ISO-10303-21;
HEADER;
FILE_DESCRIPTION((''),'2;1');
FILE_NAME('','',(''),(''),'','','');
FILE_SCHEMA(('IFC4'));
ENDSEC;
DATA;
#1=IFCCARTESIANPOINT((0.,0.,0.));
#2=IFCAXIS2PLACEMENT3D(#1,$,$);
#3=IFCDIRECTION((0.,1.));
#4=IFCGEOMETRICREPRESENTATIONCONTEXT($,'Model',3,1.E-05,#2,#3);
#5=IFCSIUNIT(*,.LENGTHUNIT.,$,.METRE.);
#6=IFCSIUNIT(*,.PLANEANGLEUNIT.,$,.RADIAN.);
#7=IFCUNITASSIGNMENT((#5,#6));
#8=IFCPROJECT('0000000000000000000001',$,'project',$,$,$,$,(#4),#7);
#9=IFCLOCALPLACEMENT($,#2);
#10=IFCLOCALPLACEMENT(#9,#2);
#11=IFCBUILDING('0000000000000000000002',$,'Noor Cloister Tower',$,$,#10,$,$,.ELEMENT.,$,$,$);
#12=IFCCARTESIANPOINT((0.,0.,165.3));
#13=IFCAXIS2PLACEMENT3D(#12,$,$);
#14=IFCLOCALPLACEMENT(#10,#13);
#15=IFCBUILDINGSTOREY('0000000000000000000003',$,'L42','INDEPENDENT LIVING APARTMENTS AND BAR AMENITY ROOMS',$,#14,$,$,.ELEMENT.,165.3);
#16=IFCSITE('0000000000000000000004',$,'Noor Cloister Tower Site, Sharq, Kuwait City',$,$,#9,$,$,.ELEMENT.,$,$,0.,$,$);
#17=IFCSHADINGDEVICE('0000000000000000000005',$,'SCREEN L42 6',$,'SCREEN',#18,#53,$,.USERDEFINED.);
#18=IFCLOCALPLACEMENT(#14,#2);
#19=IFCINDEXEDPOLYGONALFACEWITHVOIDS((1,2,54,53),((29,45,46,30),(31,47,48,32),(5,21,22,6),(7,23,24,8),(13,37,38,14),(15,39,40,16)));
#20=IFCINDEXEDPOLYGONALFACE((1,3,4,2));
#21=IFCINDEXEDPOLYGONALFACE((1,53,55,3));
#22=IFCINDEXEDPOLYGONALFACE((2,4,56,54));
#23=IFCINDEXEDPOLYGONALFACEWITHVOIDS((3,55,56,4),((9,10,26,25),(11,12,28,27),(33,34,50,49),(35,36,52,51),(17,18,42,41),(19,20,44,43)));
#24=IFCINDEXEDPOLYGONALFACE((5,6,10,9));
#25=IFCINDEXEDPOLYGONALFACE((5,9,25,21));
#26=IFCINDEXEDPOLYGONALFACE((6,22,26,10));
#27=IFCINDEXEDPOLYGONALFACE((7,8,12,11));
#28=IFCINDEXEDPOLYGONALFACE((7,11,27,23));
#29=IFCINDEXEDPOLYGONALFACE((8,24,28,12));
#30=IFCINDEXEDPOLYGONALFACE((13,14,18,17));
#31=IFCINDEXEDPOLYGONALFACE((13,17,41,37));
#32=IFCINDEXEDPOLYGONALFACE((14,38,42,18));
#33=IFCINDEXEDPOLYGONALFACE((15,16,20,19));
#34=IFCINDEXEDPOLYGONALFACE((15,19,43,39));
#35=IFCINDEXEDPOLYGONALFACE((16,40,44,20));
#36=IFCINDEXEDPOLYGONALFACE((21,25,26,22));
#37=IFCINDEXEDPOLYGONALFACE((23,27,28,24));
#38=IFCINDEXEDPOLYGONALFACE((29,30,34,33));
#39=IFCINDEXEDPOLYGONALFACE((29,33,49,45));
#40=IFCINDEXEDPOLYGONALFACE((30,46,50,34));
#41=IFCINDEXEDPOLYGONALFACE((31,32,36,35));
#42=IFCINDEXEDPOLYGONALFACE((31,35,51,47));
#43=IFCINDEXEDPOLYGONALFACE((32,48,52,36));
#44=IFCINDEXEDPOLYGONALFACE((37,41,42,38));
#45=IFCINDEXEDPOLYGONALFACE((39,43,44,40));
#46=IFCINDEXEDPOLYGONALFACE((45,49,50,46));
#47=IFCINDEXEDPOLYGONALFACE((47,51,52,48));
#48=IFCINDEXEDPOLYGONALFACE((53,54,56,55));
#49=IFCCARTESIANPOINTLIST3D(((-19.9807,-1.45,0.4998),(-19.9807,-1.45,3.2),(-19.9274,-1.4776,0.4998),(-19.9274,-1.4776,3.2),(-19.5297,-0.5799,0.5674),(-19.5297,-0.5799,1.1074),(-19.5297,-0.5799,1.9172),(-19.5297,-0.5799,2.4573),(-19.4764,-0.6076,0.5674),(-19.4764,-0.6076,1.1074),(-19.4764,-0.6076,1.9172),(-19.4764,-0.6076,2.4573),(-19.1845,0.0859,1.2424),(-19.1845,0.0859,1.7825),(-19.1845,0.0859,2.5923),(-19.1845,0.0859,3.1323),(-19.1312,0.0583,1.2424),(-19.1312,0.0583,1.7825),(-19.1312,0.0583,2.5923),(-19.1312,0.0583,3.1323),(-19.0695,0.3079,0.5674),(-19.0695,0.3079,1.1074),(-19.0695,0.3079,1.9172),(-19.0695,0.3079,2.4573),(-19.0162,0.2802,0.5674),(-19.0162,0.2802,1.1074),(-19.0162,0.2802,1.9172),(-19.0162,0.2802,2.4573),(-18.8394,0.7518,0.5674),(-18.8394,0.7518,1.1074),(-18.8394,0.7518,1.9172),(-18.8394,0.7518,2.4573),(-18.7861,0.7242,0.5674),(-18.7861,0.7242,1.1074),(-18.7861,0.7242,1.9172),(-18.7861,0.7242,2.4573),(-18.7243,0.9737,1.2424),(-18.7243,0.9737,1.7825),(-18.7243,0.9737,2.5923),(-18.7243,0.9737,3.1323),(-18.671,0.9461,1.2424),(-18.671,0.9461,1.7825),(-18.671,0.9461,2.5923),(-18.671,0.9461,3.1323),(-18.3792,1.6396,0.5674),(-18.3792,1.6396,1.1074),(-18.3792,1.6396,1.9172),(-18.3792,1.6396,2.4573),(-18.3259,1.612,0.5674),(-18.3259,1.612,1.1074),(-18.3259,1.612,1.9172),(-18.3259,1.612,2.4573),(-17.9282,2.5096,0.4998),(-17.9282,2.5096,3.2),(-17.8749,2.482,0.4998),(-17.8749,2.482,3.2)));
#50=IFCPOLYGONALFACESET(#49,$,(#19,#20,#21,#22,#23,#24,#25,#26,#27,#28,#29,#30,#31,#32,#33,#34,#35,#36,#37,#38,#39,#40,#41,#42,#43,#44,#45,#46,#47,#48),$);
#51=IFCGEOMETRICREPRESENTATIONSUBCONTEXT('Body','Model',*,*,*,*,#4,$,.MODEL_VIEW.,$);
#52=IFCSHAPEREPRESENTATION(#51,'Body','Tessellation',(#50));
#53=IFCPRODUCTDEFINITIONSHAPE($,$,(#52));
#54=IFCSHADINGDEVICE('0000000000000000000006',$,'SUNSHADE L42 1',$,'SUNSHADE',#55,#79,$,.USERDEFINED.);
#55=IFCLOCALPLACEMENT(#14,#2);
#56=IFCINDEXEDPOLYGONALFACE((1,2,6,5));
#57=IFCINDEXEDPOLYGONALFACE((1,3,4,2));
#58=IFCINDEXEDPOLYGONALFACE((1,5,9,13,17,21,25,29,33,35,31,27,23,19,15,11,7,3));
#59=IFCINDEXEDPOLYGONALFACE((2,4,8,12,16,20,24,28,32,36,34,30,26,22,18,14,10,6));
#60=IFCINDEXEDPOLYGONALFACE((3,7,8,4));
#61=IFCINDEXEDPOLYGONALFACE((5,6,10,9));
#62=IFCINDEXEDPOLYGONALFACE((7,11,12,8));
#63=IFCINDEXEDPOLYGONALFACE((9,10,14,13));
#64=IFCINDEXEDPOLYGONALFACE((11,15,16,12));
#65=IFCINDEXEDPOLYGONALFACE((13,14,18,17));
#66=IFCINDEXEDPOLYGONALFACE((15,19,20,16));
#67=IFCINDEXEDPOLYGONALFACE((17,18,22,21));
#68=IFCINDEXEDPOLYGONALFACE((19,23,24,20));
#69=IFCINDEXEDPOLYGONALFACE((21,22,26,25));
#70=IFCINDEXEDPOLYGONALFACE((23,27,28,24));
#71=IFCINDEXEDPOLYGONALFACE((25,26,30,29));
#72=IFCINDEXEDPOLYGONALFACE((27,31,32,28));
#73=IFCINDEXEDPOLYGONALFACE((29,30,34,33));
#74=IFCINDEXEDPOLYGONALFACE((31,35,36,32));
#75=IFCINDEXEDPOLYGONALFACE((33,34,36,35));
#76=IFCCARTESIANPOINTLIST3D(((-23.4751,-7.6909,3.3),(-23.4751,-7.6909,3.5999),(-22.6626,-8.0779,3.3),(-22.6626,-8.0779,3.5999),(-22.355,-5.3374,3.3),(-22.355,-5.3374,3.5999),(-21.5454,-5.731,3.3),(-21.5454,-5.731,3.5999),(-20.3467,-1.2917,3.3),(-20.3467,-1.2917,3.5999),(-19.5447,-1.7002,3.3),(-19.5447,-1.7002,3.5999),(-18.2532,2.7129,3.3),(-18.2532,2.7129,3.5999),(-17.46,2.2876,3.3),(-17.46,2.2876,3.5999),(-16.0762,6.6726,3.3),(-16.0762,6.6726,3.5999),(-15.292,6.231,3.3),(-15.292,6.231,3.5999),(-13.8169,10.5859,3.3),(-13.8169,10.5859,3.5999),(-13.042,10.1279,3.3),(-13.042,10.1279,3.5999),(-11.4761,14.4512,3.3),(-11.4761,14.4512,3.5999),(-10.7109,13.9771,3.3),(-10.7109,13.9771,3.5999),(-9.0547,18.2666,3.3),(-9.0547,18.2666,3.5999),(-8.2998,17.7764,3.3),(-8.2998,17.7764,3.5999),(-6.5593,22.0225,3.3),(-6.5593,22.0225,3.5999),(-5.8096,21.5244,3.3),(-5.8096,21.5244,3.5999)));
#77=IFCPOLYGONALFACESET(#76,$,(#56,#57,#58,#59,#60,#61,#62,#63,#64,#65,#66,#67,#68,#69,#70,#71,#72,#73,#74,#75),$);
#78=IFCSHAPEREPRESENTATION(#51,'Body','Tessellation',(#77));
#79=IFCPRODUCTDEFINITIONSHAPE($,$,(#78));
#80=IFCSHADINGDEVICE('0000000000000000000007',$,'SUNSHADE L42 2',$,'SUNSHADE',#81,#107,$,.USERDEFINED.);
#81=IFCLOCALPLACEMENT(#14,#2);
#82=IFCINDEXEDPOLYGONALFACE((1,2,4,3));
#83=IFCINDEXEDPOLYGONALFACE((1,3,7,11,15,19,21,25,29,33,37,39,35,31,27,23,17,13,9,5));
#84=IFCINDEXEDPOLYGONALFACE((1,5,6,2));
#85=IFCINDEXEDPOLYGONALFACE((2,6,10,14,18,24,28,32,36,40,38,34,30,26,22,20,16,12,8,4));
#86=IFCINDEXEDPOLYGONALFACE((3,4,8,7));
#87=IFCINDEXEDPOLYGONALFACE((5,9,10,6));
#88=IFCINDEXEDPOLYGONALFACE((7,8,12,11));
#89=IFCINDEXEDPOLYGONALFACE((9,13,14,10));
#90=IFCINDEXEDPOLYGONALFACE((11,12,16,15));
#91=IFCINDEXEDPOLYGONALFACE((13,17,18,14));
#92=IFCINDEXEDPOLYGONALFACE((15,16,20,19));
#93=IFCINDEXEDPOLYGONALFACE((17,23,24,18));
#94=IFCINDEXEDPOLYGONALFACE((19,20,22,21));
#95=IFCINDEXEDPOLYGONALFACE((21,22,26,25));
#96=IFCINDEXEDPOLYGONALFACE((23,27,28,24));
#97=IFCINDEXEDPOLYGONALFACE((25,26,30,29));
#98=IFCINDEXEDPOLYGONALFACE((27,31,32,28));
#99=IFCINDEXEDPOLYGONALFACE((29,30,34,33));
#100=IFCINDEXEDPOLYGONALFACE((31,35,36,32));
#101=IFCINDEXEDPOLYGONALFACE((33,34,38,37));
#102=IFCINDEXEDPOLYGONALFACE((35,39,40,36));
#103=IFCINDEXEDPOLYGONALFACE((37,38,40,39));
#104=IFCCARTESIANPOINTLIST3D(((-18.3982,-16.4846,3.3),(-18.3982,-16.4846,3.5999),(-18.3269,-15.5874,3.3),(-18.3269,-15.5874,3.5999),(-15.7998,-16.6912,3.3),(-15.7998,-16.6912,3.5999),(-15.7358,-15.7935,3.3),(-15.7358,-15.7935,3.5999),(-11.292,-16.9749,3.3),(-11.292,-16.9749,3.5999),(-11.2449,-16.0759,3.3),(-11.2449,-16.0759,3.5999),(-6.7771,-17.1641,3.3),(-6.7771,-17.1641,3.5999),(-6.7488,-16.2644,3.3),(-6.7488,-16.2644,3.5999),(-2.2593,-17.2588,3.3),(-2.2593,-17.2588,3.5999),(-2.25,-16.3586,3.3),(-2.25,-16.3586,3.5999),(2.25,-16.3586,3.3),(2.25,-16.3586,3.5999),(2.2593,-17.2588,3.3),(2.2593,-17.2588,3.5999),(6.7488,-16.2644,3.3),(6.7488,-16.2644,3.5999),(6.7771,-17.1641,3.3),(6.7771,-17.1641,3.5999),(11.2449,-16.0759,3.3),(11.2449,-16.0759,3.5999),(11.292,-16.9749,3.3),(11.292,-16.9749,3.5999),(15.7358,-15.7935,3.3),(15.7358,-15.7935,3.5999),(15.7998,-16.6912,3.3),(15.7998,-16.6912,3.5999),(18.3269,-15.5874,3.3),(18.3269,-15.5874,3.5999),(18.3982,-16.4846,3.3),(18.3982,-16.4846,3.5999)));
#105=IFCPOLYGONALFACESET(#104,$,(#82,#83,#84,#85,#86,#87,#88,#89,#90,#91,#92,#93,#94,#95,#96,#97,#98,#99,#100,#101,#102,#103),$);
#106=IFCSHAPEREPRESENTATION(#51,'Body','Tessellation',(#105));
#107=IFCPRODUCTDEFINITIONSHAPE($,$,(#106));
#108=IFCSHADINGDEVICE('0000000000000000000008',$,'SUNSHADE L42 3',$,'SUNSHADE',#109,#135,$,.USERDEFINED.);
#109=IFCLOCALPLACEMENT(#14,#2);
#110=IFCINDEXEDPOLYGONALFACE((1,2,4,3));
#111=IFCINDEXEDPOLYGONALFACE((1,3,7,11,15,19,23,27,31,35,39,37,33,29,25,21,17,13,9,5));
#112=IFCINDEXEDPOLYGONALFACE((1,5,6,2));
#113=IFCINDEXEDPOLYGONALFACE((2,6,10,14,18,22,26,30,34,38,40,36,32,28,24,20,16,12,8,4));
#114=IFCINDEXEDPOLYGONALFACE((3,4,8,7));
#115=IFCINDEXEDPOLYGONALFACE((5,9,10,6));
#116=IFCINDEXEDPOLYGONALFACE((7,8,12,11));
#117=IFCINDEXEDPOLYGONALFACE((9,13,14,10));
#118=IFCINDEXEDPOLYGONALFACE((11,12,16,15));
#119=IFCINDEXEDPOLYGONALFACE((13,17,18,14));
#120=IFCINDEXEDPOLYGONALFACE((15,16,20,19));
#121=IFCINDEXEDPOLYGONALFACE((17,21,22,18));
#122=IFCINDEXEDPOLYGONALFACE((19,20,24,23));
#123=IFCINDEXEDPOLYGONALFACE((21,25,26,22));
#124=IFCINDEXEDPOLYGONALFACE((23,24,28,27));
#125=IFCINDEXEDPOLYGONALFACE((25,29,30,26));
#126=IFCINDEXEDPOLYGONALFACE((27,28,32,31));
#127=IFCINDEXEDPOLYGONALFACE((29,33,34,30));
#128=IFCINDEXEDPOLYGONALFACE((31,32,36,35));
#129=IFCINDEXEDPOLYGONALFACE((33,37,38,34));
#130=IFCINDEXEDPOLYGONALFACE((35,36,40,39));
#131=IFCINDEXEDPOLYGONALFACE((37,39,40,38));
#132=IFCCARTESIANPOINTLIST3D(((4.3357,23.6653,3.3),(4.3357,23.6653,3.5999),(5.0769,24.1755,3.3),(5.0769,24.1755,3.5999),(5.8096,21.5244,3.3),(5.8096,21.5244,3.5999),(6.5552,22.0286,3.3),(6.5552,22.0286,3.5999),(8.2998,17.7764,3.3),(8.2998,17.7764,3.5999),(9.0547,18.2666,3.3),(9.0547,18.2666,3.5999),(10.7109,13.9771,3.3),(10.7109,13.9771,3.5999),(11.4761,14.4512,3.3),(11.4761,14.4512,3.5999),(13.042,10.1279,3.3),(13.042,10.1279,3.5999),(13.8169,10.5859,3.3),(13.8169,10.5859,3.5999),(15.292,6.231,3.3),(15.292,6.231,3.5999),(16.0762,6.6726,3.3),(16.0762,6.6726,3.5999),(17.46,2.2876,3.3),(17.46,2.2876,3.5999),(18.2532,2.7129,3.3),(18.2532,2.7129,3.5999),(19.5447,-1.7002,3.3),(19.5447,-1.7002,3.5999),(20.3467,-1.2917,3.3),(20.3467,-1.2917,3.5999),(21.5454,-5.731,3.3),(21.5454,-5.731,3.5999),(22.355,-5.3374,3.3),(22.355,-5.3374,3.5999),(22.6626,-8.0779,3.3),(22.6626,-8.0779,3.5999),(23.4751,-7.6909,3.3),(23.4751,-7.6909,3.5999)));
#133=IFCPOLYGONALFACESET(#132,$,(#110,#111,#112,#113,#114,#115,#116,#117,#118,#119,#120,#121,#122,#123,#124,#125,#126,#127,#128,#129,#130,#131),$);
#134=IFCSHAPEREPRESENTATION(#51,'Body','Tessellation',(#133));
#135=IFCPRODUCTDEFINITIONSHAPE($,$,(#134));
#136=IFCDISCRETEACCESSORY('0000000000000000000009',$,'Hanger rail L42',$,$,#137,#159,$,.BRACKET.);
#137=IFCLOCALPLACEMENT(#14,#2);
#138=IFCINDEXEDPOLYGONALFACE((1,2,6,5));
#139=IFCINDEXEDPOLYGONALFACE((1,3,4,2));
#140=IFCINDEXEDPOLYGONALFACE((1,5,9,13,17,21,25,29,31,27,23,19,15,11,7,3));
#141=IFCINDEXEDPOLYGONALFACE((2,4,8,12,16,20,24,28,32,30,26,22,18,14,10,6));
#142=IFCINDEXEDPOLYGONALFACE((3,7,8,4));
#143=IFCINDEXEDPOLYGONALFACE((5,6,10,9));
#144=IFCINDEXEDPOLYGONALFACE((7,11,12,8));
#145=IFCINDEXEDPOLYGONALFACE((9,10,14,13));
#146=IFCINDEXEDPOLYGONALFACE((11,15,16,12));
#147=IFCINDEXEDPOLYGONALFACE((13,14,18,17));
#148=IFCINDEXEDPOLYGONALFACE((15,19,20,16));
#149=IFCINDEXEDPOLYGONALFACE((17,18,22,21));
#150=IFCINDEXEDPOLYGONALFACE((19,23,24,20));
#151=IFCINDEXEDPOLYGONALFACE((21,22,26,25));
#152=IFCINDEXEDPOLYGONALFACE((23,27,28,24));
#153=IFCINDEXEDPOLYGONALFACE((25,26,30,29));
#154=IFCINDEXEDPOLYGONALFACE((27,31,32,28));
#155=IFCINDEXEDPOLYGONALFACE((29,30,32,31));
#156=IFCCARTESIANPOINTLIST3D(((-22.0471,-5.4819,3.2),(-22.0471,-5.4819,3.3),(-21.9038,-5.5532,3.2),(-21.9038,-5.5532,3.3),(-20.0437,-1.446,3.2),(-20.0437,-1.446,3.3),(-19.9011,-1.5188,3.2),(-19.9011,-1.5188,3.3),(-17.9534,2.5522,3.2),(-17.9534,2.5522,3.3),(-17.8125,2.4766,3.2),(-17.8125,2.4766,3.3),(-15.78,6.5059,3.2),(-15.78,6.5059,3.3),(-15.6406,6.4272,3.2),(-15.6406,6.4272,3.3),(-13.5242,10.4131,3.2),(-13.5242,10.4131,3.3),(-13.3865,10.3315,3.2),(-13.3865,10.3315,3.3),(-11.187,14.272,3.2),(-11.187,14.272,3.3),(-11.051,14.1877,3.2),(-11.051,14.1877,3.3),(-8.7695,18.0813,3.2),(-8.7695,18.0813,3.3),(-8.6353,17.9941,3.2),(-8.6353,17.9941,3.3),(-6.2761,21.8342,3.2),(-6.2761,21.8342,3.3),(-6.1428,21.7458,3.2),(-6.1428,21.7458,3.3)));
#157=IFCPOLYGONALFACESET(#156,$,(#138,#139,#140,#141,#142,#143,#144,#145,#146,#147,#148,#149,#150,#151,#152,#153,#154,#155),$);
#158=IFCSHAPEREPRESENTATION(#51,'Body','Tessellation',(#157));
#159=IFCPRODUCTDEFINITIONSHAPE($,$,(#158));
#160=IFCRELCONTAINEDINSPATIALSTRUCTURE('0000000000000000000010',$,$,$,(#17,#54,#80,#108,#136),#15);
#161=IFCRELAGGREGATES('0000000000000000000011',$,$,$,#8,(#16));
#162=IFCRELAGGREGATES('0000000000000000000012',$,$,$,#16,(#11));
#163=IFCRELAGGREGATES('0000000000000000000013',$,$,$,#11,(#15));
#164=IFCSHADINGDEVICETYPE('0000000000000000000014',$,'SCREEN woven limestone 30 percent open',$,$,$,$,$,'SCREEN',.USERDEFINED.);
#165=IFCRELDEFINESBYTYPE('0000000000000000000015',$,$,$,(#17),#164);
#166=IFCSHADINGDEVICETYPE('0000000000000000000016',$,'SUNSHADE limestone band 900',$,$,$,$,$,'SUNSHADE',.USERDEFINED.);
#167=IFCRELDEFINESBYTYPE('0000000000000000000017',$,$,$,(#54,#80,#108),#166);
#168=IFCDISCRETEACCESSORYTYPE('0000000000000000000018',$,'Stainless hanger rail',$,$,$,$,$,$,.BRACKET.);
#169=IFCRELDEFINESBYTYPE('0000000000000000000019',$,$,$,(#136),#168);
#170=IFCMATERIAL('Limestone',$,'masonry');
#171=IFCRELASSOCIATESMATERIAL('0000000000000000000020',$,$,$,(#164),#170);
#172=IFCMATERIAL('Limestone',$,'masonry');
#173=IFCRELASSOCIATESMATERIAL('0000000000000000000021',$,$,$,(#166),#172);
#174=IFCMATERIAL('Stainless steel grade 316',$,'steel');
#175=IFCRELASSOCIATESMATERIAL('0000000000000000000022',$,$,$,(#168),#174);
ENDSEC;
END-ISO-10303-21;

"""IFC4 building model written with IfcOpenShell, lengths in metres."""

from ifc_helpers import new_model, si_unit, direction, frame, origin, place, context, subcontext, project, spatial, polyline, outline, extrude, material, material_profile, profile_set, type_object, element, save


model = new_model("IFC4")

# Units and contexts
model_context = context("Model", 3, precision=1e-05, world=origin(), true_north=direction((0.0, 1.0)))
body_context = subcontext(model_context, "Body", "Model", "MODEL_VIEW")
ifc_project = project(units=[si_unit("LENGTHUNIT", "METRE"), si_unit("PLANEANGLEUNIT", "RADIAN")], contexts=[model_context])

# Site, building, storey
site_placement = place(None, origin())
site = spatial("IfcSite", under=ifc_project, at=site_placement, Name="Noor Cloister Tower Site, Sharq, Kuwait City", CompositionType="ELEMENT", RefElevation=0.0)
building_placement = place(site_placement, origin())
building = spatial("IfcBuilding", under=site, at=building_placement, Name="Noor Cloister Tower", CompositionType="ELEMENT")
storey_placement = place(building_placement, frame((0.0, 0.0, 165.3)))
storey = spatial("IfcBuildingStorey", under=building, at=storey_placement, Name="L42", Description="INDEPENDENT LIVING APARTMENTS AND BAR AMENITY ROOMS", CompositionType="ELEMENT", Elevation=165.3)

# Shading devices
ifc_material_1 = material(Name="Limestone", Category="masonry")
ifc_material_profile_1 = material_profile(ifc_material_1, outline(polyline([(-2.23, -1.3501), (2.23, -1.3501), (2.23, 1.3501), (-2.23, 1.3501), (-2.23, -1.3501)]), holes=[polyline([(-1.25, -1.2825), (-0.25, -1.2825), (-0.25, -0.7424), (-1.25, -0.7424), (-1.25, -1.2825)]), polyline([(0.25, -1.2825), (1.25, -1.2825), (1.25, -0.7424), (0.25, -0.7424), (0.25, -1.2825)]), polyline([(-0.5, -0.6074), (0.5, -0.6074), (0.5, -0.0674), (-0.5, -0.0674), (-0.5, -0.6074)]), polyline([(-1.25, 0.0674), (-0.25, 0.0674), (-0.25, 0.6074), (-1.25, 0.6074), (-1.25, 0.0674)]), polyline([(0.25, 0.0674), (1.25, 0.0674), (1.25, 0.6074), (0.25, 0.6074), (0.25, 0.0674)]), polyline([(-0.5, 0.7424), (0.5, 0.7424), (0.5, 1.2825), (-0.5, 1.2825), (-0.5, 0.7424)])]), Name="Woven screen 30 percent open")
ifc_profile_set_1 = profile_set([ifc_material_profile_1], Name="Limestone")
shading_device_type_1 = type_object("IfcShadingDeviceType", Name="SCREEN woven limestone 30 percent open", ElementType="SCREEN", PredefinedType="USERDEFINED", material=ifc_profile_set_1)
for number, where, z_axis, x_axis, name in (
    (1, (-18.9011, 0.5022, 1.8499), (-0.887816, 0.460198, 0.0), (-0.460198, -0.887816, 0.0), "SCREEN L42 6"),
):
    element("IfcShadingDevice", number, at=place(storey_placement, frame(where, z_axis=z_axis, x_axis=x_axis)), inside=storey, type_object=shading_device_type_1, Name=name, ObjectType="SCREEN", PredefinedType="USERDEFINED", context=body_context, shape_type="SweptSolid", body=[
        extrude(outline(polyline([(-2.23, -1.3501), (2.23, -1.3501), (2.23, 1.3501), (-2.23, 1.3501), (-2.23, -1.3501)]), holes=[polyline([(-1.25, -1.2825), (-0.25, -1.2825), (-0.25, -0.7424), (-1.25, -0.7424), (-1.25, -1.2825)]), polyline([(0.25, -1.2825), (1.25, -1.2825), (1.25, -0.7424), (0.25, -0.7424), (0.25, -1.2825)]), polyline([(-0.5, -0.6074), (0.5, -0.6074), (0.5, -0.0674), (-0.5, -0.0674), (-0.5, -0.6074)]), polyline([(-1.25, 0.0674), (-0.25, 0.0674), (-0.25, 0.6074), (-1.25, 0.6074), (-1.25, 0.0674)]), polyline([(0.25, 0.0674), (1.25, 0.0674), (1.25, 0.6074), (0.25, 0.6074), (0.25, 0.0674)]), polyline([(-0.5, 0.7424), (0.5, 0.7424), (0.5, 1.2825), (-0.5, 1.2825), (-0.5, 0.7424)])]), origin(), (0.0, 0.0, 1.0), 0.0601),
    ])
ifc_material_2 = material(Name="Limestone", Category="masonry")
shading_device_type_2 = type_object("IfcShadingDeviceType", Name="SUNSHADE limestone band 900", ElementType="SUNSHADE", PredefinedType="USERDEFINED", material=ifc_material_2)
shading_device_1_placement = place(storey_placement, frame((0.0, 0.0, 3.3)))
element("IfcShadingDevice", 2, at=shading_device_1_placement, inside=storey, type_object=shading_device_type_2, Name="SUNSHADE L42 1", ObjectType="SUNSHADE", PredefinedType="USERDEFINED", context=body_context, shape_type="SweptSolid", body=[
    extrude(outline(polyline([(-6.5593, 22.0225), (-9.0547, 18.2666), (-11.4761, 14.4512), (-13.8169, 10.5859), (-16.0762, 6.6726), (-18.2532, 2.7129), (-20.3467, -1.2917), (-22.355, -5.3374), (-23.4751, -7.6909), (-22.6626, -8.0779), (-21.5454, -5.731), (-19.5447, -1.7002), (-17.46, 2.2876), (-15.292, 6.231), (-13.042, 10.1279), (-10.7109, 13.9771), (-8.2998, 17.7764), (-5.8096, 21.5244), (-6.5593, 22.0225)])), origin(), (0.0, 0.0, 1.0), 0.2998),
])
shading_device_2_placement = place(storey_placement, frame((0.0, 0.0, 3.3)))
element("IfcShadingDevice", 3, at=shading_device_2_placement, inside=storey, type_object=shading_device_type_2, Name="SUNSHADE L42 2", ObjectType="SUNSHADE", PredefinedType="USERDEFINED", context=body_context, shape_type="SweptSolid", body=[
    extrude(outline(polyline([(-18.3982, -16.4846), (-15.7998, -16.6912), (-11.292, -16.9749), (-6.7771, -17.1641), (-2.2593, -17.2588), (2.2593, -17.2588), (6.7771, -17.1641), (11.292, -16.9749), (15.7998, -16.6912), (18.3982, -16.4846), (18.3269, -15.5874), (15.7358, -15.7935), (11.2449, -16.0759), (6.7488, -16.2644), (2.25, -16.3586), (-2.25, -16.3586), (-6.7488, -16.2644), (-11.2449, -16.0759), (-15.7358, -15.7935), (-18.3269, -15.5874), (-18.3982, -16.4846)])), origin(), (0.0, 0.0, 1.0), 0.2998),
])
shading_device_3_placement = place(storey_placement, frame((0.0, 0.0, 3.3)))
element("IfcShadingDevice", 4, at=shading_device_3_placement, inside=storey, type_object=shading_device_type_2, Name="SUNSHADE L42 3", ObjectType="SUNSHADE", PredefinedType="USERDEFINED", context=body_context, shape_type="SweptSolid", body=[
    extrude(outline(polyline([(23.4751, -7.6909), (22.355, -5.3374), (20.3467, -1.2917), (18.2532, 2.7129), (16.0762, 6.6726), (13.8169, 10.5859), (11.4761, 14.4512), (9.0547, 18.2666), (6.5552, 22.0286), (5.0769, 24.1755), (4.3357, 23.6653), (5.8096, 21.5244), (8.2998, 17.7764), (10.7109, 13.9771), (13.042, 10.1279), (15.292, 6.231), (17.46, 2.2876), (19.5447, -1.7002), (21.5454, -5.731), (22.6626, -8.0779), (23.4751, -7.6909)])), origin(), (0.0, 0.0, 1.0), 0.2998),
])

# Discrete accessory
ifc_material_3 = material(Name="Stainless steel grade 316", Category="steel")
discrete_accessory_type = type_object("IfcDiscreteAccessoryType", Name="Stainless hanger rail", PredefinedType="BRACKET", material=ifc_material_3)
discrete_accessory_1_placement = place(storey_placement, frame((0.0, 0.0, 3.2)))
element("IfcDiscreteAccessory", 5, at=discrete_accessory_1_placement, inside=storey, type_object=discrete_accessory_type, Name="Hanger rail L42", PredefinedType="BRACKET", context=body_context, shape_type="SweptSolid", body=[
    extrude(outline(polyline([(-6.2761, 21.8342), (-8.7695, 18.0813), (-11.187, 14.272), (-13.5242, 10.4131), (-15.78, 6.5059), (-17.9534, 2.5522), (-20.0437, -1.446), (-22.0471, -5.4819), (-21.9038, -5.5532), (-19.9011, -1.5188), (-17.8125, 2.4766), (-15.6406, 6.4272), (-13.3865, 10.3315), (-11.051, 14.1877), (-8.6353, 17.9941), (-6.1428, 21.7458), (-6.2761, 21.8342)])), origin(), (0.0, 0.0, 1.0), 0.1001),
])

save(model, "model.ifc")
